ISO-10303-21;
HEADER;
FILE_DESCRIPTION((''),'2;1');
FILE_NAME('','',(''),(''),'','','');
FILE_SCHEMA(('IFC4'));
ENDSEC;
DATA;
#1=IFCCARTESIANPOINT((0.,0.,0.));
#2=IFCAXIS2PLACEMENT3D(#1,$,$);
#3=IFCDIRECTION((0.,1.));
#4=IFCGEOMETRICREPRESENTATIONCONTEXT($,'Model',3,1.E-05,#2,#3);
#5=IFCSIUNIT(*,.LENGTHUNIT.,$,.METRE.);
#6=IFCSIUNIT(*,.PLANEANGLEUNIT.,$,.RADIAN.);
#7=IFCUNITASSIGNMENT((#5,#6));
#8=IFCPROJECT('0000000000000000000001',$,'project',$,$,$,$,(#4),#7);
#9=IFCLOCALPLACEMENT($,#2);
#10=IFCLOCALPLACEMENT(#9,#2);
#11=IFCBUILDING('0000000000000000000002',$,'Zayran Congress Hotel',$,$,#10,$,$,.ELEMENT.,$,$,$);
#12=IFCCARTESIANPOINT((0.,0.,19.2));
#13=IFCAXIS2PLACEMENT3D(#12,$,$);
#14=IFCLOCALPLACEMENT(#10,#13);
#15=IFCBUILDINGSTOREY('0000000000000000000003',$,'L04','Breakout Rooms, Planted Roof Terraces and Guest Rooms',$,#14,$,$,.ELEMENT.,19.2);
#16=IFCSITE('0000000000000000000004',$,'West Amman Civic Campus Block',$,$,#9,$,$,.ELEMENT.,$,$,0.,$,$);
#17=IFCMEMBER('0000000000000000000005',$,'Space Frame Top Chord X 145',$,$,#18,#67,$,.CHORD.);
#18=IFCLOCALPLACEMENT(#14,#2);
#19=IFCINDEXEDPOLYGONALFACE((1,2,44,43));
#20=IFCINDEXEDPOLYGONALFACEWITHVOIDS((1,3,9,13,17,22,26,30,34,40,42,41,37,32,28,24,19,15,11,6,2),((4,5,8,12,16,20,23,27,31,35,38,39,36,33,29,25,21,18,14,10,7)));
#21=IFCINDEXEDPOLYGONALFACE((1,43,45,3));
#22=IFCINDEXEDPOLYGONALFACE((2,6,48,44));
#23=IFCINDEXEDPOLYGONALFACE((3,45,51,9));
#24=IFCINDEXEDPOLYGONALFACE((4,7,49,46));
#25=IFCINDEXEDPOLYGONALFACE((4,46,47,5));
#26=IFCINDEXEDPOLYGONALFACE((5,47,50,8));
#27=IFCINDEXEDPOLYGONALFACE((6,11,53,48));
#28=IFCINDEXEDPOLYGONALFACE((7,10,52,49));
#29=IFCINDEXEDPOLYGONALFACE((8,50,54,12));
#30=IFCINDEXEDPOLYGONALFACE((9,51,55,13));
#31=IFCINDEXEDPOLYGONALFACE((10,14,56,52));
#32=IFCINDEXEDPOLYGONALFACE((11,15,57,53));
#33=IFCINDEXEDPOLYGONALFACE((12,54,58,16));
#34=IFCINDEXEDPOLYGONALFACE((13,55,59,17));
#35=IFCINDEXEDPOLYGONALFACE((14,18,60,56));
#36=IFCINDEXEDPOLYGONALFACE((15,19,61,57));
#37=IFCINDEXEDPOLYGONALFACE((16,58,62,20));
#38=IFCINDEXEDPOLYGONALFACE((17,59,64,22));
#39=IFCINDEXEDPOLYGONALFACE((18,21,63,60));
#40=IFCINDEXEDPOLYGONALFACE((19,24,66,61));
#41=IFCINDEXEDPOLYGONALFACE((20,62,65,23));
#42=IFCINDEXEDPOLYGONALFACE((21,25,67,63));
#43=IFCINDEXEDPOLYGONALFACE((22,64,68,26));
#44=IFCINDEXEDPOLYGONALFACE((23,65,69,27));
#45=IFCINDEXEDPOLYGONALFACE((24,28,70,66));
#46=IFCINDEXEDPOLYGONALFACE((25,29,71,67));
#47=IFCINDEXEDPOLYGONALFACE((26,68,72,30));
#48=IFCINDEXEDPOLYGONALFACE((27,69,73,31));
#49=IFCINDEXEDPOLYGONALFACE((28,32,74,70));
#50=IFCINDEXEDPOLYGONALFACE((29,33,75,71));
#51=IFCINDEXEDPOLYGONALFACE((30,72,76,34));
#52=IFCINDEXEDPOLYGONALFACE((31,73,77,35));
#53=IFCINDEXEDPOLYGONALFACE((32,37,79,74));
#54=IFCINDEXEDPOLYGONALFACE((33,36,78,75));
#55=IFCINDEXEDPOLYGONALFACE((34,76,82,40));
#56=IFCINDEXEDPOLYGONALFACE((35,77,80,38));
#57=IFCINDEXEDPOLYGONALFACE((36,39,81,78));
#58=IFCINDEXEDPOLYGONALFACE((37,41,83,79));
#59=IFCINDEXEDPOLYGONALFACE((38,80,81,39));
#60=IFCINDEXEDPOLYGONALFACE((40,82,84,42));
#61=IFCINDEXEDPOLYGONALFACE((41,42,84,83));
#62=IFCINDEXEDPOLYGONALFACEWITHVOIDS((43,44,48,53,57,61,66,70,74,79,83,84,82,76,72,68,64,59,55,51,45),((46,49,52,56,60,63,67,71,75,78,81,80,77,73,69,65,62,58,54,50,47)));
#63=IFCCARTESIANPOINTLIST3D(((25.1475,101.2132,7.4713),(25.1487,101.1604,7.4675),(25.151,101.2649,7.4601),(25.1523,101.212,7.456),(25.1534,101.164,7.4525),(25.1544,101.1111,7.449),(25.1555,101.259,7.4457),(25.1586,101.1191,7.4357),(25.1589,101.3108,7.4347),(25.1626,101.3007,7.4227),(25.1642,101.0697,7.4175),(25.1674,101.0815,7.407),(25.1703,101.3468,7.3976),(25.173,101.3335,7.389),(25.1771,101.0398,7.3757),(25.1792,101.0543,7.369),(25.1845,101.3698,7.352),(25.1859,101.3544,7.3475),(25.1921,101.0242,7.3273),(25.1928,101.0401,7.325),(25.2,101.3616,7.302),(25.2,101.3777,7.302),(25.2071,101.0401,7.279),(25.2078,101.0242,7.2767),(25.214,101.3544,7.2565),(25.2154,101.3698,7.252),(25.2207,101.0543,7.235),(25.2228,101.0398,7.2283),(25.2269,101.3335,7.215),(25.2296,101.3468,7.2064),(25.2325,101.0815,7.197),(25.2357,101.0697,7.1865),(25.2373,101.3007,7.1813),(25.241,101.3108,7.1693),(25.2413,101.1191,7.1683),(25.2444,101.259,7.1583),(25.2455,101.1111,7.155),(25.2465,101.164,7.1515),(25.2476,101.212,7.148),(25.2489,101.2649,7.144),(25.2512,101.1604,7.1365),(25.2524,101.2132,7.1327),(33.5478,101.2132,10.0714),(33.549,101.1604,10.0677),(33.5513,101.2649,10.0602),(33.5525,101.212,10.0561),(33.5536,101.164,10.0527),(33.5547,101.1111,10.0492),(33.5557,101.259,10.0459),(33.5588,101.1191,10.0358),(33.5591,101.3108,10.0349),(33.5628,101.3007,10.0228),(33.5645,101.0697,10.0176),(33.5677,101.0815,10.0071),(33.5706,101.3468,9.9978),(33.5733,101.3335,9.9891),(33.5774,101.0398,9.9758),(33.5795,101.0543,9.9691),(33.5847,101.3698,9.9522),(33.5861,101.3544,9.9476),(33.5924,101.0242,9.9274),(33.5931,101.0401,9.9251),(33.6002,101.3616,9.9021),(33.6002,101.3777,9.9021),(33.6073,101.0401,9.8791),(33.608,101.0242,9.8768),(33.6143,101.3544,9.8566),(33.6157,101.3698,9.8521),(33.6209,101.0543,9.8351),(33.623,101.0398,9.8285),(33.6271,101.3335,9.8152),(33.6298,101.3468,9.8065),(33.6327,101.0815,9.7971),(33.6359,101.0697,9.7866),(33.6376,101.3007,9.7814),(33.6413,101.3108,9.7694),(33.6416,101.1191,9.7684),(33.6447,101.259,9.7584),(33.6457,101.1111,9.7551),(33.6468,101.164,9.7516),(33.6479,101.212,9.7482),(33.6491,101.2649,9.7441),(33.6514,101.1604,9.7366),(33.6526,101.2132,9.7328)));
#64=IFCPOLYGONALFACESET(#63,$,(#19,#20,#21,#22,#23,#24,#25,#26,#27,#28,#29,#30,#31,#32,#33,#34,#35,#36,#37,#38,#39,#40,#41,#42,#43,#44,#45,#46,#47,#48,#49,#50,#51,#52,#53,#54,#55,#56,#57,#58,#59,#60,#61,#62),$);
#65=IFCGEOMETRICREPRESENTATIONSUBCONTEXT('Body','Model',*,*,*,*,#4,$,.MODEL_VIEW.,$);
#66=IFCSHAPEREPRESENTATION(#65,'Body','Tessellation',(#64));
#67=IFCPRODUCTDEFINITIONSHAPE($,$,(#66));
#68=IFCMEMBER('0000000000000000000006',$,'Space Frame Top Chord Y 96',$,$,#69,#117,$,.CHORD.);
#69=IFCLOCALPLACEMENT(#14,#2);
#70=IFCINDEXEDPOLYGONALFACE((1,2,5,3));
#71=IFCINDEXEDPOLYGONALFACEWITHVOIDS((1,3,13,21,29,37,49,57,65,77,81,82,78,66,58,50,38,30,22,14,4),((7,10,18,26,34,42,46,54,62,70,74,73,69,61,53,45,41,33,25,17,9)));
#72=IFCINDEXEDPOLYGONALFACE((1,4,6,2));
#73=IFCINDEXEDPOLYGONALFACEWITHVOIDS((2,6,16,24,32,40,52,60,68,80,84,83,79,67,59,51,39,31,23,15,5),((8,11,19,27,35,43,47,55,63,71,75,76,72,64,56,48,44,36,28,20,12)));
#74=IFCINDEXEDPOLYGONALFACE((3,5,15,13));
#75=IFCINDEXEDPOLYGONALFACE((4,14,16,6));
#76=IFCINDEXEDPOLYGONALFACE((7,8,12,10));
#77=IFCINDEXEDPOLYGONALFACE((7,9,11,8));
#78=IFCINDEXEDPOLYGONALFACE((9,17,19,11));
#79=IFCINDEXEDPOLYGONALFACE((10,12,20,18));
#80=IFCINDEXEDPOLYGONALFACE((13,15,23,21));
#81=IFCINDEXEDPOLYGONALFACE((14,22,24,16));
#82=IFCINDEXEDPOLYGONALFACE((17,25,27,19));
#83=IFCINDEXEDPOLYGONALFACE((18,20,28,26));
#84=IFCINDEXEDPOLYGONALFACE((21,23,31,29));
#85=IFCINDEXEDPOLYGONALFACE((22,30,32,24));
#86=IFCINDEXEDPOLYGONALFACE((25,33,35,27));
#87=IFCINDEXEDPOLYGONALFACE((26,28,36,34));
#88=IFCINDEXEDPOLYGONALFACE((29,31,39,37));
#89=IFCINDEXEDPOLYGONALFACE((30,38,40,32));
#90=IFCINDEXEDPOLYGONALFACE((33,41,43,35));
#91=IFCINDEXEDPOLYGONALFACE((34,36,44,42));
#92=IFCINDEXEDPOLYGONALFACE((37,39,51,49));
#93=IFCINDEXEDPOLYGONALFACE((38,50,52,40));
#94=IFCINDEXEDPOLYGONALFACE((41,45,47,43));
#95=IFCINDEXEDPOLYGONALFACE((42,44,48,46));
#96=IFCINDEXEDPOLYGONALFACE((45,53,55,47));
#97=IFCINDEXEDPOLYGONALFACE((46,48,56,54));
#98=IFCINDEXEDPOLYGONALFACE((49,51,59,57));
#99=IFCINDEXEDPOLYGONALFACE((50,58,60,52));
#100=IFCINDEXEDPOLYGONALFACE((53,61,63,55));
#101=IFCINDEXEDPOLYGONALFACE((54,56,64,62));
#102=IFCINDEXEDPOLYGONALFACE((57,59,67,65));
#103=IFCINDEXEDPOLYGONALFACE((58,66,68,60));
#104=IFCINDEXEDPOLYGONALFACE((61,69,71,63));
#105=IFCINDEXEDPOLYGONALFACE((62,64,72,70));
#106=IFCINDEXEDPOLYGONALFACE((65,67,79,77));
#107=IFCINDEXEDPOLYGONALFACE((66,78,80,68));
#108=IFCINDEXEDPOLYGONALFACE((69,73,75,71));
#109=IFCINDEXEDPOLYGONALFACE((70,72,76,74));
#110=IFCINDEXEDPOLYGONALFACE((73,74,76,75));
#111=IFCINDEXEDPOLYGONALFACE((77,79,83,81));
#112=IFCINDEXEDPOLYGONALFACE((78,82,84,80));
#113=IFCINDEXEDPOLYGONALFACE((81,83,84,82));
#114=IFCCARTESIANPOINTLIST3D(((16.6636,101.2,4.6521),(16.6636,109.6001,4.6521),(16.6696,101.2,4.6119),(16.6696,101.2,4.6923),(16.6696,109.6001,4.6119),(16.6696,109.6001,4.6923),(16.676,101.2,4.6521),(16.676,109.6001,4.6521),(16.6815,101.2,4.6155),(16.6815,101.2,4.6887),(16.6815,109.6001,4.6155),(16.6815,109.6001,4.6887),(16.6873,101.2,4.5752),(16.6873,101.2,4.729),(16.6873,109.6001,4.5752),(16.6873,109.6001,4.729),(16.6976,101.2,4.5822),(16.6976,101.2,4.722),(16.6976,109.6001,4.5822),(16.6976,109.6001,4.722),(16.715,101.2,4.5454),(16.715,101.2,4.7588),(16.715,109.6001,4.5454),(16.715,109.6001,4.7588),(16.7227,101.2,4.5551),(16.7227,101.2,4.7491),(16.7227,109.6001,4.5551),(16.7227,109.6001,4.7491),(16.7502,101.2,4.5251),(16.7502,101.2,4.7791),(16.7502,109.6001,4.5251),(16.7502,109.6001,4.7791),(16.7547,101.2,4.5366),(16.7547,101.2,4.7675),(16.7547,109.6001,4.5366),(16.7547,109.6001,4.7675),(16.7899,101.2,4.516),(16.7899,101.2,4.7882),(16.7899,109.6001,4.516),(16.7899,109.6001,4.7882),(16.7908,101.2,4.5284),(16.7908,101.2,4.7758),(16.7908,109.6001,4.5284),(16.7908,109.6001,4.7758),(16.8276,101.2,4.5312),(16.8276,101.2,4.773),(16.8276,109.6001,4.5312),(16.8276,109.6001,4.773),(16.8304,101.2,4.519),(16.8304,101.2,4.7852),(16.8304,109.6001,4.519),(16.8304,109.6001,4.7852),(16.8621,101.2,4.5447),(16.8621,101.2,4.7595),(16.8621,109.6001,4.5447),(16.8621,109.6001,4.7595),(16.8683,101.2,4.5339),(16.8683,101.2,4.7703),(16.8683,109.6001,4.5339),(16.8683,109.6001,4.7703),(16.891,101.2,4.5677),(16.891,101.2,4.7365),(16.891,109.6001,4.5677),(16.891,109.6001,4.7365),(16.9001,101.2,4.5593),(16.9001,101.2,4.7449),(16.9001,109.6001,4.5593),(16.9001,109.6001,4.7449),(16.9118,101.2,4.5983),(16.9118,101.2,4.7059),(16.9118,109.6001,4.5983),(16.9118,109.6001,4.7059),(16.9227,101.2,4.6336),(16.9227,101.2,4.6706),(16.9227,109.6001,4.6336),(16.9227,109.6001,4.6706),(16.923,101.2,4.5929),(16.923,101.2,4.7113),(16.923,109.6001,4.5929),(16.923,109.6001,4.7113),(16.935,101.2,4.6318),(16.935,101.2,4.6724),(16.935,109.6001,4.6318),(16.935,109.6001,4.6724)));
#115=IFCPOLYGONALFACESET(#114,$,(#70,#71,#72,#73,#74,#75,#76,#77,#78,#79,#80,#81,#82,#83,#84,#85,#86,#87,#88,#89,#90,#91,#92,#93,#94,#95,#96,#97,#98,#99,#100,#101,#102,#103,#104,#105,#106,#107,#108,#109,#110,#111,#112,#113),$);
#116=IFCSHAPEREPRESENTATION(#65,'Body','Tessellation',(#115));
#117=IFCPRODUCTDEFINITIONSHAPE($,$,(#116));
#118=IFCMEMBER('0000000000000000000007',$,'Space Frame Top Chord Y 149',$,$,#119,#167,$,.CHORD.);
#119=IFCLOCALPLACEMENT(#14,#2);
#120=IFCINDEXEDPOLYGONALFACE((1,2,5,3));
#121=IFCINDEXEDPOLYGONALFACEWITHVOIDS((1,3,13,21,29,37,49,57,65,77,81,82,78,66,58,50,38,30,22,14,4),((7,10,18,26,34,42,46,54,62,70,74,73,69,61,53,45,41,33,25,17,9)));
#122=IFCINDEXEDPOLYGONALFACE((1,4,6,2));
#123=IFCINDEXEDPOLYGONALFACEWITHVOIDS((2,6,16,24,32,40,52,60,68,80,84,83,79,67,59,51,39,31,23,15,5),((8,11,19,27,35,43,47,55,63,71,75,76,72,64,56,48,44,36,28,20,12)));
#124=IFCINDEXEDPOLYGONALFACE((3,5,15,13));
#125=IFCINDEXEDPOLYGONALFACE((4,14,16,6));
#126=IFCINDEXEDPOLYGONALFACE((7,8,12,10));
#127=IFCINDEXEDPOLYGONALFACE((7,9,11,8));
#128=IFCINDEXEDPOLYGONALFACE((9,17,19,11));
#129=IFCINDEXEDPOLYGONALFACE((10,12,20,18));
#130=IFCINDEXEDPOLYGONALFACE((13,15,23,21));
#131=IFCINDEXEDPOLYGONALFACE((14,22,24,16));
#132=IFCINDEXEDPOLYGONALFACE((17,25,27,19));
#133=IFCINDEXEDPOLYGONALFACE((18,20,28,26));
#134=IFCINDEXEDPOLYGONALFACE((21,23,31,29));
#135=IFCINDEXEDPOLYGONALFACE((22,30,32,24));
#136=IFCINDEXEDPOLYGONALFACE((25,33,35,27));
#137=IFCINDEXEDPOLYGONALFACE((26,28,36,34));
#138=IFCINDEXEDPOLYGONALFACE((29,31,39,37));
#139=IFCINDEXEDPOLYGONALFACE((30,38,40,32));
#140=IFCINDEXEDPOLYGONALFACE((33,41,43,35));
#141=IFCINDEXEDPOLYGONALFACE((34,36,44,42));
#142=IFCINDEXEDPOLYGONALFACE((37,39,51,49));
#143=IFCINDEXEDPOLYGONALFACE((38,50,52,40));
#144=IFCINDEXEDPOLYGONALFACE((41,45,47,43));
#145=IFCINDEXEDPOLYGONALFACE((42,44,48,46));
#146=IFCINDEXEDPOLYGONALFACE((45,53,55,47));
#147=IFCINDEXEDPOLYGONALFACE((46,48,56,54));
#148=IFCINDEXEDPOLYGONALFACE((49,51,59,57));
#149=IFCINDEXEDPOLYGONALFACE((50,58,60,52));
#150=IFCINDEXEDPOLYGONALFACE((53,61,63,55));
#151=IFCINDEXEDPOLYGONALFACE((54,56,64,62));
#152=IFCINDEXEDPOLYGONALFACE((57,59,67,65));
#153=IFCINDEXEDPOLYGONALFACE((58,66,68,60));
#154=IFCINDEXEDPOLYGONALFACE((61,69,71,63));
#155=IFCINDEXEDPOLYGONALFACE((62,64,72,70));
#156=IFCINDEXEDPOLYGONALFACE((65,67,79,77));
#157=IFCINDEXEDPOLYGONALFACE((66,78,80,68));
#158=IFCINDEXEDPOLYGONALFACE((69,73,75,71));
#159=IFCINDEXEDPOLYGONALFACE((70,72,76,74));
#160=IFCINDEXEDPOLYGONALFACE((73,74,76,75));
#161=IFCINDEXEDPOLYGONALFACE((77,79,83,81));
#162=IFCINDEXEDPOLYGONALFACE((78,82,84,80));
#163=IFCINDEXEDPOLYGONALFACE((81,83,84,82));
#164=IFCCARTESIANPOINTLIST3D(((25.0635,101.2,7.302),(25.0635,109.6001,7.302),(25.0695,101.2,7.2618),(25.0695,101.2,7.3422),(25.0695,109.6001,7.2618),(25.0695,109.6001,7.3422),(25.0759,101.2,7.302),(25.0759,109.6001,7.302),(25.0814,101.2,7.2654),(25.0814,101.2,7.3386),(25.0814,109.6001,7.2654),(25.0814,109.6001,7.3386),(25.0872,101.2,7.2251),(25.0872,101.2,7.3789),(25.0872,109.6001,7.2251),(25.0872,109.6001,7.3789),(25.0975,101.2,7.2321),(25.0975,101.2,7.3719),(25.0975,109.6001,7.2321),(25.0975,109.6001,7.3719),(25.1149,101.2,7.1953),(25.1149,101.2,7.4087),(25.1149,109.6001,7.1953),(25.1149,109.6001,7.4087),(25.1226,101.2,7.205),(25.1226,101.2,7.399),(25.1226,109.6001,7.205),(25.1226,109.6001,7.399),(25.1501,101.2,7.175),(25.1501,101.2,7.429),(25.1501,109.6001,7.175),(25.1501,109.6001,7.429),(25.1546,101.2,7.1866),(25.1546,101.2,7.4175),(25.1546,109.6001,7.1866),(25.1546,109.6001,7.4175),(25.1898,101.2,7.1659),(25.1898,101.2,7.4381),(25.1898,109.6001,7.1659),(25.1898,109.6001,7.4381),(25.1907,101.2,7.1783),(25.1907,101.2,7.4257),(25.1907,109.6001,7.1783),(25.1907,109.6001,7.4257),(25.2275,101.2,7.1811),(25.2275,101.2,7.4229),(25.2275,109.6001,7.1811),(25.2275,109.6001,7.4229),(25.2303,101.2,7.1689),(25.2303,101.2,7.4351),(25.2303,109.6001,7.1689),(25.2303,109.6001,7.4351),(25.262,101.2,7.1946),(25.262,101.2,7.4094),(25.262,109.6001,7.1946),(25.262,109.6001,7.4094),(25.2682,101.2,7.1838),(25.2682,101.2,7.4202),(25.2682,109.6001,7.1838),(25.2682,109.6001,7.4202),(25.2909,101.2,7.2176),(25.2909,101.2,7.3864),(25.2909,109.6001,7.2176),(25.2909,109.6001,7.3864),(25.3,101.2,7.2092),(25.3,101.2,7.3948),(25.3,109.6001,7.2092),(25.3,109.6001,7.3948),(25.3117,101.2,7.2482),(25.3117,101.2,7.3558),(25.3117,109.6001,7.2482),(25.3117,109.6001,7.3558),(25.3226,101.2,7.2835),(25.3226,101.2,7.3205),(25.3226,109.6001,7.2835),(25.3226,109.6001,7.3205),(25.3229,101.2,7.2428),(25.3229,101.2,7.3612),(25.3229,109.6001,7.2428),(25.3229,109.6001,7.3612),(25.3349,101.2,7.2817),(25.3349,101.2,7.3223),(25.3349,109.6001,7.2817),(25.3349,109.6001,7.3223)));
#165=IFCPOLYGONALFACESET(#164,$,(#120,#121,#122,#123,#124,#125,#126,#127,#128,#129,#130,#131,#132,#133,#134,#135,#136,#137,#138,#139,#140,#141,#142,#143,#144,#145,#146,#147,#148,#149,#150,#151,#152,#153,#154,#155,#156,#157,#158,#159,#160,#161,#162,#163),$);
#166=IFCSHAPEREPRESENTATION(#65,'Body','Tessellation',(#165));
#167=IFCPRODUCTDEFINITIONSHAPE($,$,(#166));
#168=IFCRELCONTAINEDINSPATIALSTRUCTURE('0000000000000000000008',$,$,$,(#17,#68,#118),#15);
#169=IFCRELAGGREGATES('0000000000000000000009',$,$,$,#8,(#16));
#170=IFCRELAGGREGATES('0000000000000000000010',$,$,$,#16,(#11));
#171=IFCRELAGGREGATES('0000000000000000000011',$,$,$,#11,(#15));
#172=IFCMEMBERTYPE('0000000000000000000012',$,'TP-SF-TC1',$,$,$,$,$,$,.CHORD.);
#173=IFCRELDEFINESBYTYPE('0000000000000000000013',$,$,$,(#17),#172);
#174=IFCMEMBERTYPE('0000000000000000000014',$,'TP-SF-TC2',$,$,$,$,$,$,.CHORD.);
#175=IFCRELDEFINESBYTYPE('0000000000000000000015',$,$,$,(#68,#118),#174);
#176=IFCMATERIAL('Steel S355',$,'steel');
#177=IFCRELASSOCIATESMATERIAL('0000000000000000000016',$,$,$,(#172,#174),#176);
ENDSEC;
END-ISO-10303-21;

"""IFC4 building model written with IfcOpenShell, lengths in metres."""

from ifc_helpers import new_model, si_unit, direction, frame, origin, origin_2d, place, context, subcontext, project, spatial, hollow_circle, extrude, material, material_profile, profile_set, type_object, element, save


model = new_model("IFC4")

# Units and contexts
model_context = context("Model", 3, precision=1e-05, world=origin(), true_north=direction((0.0, 1.0)))
body_context = subcontext(model_context, "Body", "Model", "MODEL_VIEW")
ifc_project = project(units=[si_unit("LENGTHUNIT", "METRE"), si_unit("PLANEANGLEUNIT", "RADIAN")], contexts=[model_context])

# Site, building, storey
site_placement = place(None, origin())
site = spatial("IfcSite", under=ifc_project, at=site_placement, Name="West Amman Civic Campus Block", CompositionType="ELEMENT", RefElevation=0.0)
building_placement = place(site_placement, origin())
building = spatial("IfcBuilding", under=site, at=building_placement, Name="Zayran Congress Hotel", CompositionType="ELEMENT")
storey_placement = place(building_placement, frame((0.0, 0.0, 19.2)))
storey = spatial("IfcBuildingStorey", under=building, at=storey_placement, Name="L04", Description="Breakout Rooms, Planted Roof Terraces and Guest Rooms", CompositionType="ELEMENT", Elevation=19.2)

# Members
ifc_material_1 = material(Name="Steel S355", Category="steel")
ifc_material_profile_1 = material_profile(ifc_material_1, hollow_circle(Radius=0.1777, WallThickness=0.0161, at=origin_2d()), Name="CHS 355.6x16")
ifc_profile_set_1 = profile_set([ifc_material_profile_1], Name="Steel S355")
member_type_1 = type_object("IfcMemberType", Name="TP-SF-TC1", PredefinedType="CHORD", material=ifc_profile_set_1)
member_1_placement = place(storey_placement, frame((25.2, 101.2, 7.302), z_axis=(0.955284, 0.0, 0.295689), x_axis=(0.0, 1.0, 0.0)))
element("IfcMember", 1, at=member_1_placement, inside=storey, type_object=member_type_1, Name="Space Frame Top Chord X 145", PredefinedType="CHORD", context=body_context, shape_type="SweptSolid", body=[
    extrude(hollow_circle(Radius=0.1777, WallThickness=0.0161, at=origin_2d()), origin(), (0.0, 0.0, 1.0), 8.7935),
])
ifc_material_profile_2 = material_profile(ifc_material_1, hollow_circle(Radius=0.1365, WallThickness=0.0125, at=origin_2d()), Name="CHS 273x12.5")
ifc_profile_set_2 = profile_set([ifc_material_profile_2], Name="Steel S355")
member_type_2 = type_object("IfcMemberType", Name="TP-SF-TC2", PredefinedType="CHORD", material=ifc_profile_set_2)
for number, where, z_axis, x_axis, name in (
    (2, (16.8, 101.2, 4.6521), (0.0, 1.0, 0.0), (-1.0, 0.0, 0.0), "Space Frame Top Chord Y 96"),
    (3, (25.2, 101.2, 7.302), (0.0, 1.0, 0.0), (-1.0, 0.0, 0.0), "Space Frame Top Chord Y 149"),
):
    element("IfcMember", number, at=place(storey_placement, frame(where, z_axis=z_axis, x_axis=x_axis)), inside=storey, type_object=member_type_2, Name=name, PredefinedType="CHORD", context=body_context, shape_type="SweptSolid", body=[
        extrude(hollow_circle(Radius=0.1365, WallThickness=0.0125, at=origin_2d()), origin(), (0.0, 0.0, 1.0), 8.4001),
    ])

save(model, "model.ifc")
